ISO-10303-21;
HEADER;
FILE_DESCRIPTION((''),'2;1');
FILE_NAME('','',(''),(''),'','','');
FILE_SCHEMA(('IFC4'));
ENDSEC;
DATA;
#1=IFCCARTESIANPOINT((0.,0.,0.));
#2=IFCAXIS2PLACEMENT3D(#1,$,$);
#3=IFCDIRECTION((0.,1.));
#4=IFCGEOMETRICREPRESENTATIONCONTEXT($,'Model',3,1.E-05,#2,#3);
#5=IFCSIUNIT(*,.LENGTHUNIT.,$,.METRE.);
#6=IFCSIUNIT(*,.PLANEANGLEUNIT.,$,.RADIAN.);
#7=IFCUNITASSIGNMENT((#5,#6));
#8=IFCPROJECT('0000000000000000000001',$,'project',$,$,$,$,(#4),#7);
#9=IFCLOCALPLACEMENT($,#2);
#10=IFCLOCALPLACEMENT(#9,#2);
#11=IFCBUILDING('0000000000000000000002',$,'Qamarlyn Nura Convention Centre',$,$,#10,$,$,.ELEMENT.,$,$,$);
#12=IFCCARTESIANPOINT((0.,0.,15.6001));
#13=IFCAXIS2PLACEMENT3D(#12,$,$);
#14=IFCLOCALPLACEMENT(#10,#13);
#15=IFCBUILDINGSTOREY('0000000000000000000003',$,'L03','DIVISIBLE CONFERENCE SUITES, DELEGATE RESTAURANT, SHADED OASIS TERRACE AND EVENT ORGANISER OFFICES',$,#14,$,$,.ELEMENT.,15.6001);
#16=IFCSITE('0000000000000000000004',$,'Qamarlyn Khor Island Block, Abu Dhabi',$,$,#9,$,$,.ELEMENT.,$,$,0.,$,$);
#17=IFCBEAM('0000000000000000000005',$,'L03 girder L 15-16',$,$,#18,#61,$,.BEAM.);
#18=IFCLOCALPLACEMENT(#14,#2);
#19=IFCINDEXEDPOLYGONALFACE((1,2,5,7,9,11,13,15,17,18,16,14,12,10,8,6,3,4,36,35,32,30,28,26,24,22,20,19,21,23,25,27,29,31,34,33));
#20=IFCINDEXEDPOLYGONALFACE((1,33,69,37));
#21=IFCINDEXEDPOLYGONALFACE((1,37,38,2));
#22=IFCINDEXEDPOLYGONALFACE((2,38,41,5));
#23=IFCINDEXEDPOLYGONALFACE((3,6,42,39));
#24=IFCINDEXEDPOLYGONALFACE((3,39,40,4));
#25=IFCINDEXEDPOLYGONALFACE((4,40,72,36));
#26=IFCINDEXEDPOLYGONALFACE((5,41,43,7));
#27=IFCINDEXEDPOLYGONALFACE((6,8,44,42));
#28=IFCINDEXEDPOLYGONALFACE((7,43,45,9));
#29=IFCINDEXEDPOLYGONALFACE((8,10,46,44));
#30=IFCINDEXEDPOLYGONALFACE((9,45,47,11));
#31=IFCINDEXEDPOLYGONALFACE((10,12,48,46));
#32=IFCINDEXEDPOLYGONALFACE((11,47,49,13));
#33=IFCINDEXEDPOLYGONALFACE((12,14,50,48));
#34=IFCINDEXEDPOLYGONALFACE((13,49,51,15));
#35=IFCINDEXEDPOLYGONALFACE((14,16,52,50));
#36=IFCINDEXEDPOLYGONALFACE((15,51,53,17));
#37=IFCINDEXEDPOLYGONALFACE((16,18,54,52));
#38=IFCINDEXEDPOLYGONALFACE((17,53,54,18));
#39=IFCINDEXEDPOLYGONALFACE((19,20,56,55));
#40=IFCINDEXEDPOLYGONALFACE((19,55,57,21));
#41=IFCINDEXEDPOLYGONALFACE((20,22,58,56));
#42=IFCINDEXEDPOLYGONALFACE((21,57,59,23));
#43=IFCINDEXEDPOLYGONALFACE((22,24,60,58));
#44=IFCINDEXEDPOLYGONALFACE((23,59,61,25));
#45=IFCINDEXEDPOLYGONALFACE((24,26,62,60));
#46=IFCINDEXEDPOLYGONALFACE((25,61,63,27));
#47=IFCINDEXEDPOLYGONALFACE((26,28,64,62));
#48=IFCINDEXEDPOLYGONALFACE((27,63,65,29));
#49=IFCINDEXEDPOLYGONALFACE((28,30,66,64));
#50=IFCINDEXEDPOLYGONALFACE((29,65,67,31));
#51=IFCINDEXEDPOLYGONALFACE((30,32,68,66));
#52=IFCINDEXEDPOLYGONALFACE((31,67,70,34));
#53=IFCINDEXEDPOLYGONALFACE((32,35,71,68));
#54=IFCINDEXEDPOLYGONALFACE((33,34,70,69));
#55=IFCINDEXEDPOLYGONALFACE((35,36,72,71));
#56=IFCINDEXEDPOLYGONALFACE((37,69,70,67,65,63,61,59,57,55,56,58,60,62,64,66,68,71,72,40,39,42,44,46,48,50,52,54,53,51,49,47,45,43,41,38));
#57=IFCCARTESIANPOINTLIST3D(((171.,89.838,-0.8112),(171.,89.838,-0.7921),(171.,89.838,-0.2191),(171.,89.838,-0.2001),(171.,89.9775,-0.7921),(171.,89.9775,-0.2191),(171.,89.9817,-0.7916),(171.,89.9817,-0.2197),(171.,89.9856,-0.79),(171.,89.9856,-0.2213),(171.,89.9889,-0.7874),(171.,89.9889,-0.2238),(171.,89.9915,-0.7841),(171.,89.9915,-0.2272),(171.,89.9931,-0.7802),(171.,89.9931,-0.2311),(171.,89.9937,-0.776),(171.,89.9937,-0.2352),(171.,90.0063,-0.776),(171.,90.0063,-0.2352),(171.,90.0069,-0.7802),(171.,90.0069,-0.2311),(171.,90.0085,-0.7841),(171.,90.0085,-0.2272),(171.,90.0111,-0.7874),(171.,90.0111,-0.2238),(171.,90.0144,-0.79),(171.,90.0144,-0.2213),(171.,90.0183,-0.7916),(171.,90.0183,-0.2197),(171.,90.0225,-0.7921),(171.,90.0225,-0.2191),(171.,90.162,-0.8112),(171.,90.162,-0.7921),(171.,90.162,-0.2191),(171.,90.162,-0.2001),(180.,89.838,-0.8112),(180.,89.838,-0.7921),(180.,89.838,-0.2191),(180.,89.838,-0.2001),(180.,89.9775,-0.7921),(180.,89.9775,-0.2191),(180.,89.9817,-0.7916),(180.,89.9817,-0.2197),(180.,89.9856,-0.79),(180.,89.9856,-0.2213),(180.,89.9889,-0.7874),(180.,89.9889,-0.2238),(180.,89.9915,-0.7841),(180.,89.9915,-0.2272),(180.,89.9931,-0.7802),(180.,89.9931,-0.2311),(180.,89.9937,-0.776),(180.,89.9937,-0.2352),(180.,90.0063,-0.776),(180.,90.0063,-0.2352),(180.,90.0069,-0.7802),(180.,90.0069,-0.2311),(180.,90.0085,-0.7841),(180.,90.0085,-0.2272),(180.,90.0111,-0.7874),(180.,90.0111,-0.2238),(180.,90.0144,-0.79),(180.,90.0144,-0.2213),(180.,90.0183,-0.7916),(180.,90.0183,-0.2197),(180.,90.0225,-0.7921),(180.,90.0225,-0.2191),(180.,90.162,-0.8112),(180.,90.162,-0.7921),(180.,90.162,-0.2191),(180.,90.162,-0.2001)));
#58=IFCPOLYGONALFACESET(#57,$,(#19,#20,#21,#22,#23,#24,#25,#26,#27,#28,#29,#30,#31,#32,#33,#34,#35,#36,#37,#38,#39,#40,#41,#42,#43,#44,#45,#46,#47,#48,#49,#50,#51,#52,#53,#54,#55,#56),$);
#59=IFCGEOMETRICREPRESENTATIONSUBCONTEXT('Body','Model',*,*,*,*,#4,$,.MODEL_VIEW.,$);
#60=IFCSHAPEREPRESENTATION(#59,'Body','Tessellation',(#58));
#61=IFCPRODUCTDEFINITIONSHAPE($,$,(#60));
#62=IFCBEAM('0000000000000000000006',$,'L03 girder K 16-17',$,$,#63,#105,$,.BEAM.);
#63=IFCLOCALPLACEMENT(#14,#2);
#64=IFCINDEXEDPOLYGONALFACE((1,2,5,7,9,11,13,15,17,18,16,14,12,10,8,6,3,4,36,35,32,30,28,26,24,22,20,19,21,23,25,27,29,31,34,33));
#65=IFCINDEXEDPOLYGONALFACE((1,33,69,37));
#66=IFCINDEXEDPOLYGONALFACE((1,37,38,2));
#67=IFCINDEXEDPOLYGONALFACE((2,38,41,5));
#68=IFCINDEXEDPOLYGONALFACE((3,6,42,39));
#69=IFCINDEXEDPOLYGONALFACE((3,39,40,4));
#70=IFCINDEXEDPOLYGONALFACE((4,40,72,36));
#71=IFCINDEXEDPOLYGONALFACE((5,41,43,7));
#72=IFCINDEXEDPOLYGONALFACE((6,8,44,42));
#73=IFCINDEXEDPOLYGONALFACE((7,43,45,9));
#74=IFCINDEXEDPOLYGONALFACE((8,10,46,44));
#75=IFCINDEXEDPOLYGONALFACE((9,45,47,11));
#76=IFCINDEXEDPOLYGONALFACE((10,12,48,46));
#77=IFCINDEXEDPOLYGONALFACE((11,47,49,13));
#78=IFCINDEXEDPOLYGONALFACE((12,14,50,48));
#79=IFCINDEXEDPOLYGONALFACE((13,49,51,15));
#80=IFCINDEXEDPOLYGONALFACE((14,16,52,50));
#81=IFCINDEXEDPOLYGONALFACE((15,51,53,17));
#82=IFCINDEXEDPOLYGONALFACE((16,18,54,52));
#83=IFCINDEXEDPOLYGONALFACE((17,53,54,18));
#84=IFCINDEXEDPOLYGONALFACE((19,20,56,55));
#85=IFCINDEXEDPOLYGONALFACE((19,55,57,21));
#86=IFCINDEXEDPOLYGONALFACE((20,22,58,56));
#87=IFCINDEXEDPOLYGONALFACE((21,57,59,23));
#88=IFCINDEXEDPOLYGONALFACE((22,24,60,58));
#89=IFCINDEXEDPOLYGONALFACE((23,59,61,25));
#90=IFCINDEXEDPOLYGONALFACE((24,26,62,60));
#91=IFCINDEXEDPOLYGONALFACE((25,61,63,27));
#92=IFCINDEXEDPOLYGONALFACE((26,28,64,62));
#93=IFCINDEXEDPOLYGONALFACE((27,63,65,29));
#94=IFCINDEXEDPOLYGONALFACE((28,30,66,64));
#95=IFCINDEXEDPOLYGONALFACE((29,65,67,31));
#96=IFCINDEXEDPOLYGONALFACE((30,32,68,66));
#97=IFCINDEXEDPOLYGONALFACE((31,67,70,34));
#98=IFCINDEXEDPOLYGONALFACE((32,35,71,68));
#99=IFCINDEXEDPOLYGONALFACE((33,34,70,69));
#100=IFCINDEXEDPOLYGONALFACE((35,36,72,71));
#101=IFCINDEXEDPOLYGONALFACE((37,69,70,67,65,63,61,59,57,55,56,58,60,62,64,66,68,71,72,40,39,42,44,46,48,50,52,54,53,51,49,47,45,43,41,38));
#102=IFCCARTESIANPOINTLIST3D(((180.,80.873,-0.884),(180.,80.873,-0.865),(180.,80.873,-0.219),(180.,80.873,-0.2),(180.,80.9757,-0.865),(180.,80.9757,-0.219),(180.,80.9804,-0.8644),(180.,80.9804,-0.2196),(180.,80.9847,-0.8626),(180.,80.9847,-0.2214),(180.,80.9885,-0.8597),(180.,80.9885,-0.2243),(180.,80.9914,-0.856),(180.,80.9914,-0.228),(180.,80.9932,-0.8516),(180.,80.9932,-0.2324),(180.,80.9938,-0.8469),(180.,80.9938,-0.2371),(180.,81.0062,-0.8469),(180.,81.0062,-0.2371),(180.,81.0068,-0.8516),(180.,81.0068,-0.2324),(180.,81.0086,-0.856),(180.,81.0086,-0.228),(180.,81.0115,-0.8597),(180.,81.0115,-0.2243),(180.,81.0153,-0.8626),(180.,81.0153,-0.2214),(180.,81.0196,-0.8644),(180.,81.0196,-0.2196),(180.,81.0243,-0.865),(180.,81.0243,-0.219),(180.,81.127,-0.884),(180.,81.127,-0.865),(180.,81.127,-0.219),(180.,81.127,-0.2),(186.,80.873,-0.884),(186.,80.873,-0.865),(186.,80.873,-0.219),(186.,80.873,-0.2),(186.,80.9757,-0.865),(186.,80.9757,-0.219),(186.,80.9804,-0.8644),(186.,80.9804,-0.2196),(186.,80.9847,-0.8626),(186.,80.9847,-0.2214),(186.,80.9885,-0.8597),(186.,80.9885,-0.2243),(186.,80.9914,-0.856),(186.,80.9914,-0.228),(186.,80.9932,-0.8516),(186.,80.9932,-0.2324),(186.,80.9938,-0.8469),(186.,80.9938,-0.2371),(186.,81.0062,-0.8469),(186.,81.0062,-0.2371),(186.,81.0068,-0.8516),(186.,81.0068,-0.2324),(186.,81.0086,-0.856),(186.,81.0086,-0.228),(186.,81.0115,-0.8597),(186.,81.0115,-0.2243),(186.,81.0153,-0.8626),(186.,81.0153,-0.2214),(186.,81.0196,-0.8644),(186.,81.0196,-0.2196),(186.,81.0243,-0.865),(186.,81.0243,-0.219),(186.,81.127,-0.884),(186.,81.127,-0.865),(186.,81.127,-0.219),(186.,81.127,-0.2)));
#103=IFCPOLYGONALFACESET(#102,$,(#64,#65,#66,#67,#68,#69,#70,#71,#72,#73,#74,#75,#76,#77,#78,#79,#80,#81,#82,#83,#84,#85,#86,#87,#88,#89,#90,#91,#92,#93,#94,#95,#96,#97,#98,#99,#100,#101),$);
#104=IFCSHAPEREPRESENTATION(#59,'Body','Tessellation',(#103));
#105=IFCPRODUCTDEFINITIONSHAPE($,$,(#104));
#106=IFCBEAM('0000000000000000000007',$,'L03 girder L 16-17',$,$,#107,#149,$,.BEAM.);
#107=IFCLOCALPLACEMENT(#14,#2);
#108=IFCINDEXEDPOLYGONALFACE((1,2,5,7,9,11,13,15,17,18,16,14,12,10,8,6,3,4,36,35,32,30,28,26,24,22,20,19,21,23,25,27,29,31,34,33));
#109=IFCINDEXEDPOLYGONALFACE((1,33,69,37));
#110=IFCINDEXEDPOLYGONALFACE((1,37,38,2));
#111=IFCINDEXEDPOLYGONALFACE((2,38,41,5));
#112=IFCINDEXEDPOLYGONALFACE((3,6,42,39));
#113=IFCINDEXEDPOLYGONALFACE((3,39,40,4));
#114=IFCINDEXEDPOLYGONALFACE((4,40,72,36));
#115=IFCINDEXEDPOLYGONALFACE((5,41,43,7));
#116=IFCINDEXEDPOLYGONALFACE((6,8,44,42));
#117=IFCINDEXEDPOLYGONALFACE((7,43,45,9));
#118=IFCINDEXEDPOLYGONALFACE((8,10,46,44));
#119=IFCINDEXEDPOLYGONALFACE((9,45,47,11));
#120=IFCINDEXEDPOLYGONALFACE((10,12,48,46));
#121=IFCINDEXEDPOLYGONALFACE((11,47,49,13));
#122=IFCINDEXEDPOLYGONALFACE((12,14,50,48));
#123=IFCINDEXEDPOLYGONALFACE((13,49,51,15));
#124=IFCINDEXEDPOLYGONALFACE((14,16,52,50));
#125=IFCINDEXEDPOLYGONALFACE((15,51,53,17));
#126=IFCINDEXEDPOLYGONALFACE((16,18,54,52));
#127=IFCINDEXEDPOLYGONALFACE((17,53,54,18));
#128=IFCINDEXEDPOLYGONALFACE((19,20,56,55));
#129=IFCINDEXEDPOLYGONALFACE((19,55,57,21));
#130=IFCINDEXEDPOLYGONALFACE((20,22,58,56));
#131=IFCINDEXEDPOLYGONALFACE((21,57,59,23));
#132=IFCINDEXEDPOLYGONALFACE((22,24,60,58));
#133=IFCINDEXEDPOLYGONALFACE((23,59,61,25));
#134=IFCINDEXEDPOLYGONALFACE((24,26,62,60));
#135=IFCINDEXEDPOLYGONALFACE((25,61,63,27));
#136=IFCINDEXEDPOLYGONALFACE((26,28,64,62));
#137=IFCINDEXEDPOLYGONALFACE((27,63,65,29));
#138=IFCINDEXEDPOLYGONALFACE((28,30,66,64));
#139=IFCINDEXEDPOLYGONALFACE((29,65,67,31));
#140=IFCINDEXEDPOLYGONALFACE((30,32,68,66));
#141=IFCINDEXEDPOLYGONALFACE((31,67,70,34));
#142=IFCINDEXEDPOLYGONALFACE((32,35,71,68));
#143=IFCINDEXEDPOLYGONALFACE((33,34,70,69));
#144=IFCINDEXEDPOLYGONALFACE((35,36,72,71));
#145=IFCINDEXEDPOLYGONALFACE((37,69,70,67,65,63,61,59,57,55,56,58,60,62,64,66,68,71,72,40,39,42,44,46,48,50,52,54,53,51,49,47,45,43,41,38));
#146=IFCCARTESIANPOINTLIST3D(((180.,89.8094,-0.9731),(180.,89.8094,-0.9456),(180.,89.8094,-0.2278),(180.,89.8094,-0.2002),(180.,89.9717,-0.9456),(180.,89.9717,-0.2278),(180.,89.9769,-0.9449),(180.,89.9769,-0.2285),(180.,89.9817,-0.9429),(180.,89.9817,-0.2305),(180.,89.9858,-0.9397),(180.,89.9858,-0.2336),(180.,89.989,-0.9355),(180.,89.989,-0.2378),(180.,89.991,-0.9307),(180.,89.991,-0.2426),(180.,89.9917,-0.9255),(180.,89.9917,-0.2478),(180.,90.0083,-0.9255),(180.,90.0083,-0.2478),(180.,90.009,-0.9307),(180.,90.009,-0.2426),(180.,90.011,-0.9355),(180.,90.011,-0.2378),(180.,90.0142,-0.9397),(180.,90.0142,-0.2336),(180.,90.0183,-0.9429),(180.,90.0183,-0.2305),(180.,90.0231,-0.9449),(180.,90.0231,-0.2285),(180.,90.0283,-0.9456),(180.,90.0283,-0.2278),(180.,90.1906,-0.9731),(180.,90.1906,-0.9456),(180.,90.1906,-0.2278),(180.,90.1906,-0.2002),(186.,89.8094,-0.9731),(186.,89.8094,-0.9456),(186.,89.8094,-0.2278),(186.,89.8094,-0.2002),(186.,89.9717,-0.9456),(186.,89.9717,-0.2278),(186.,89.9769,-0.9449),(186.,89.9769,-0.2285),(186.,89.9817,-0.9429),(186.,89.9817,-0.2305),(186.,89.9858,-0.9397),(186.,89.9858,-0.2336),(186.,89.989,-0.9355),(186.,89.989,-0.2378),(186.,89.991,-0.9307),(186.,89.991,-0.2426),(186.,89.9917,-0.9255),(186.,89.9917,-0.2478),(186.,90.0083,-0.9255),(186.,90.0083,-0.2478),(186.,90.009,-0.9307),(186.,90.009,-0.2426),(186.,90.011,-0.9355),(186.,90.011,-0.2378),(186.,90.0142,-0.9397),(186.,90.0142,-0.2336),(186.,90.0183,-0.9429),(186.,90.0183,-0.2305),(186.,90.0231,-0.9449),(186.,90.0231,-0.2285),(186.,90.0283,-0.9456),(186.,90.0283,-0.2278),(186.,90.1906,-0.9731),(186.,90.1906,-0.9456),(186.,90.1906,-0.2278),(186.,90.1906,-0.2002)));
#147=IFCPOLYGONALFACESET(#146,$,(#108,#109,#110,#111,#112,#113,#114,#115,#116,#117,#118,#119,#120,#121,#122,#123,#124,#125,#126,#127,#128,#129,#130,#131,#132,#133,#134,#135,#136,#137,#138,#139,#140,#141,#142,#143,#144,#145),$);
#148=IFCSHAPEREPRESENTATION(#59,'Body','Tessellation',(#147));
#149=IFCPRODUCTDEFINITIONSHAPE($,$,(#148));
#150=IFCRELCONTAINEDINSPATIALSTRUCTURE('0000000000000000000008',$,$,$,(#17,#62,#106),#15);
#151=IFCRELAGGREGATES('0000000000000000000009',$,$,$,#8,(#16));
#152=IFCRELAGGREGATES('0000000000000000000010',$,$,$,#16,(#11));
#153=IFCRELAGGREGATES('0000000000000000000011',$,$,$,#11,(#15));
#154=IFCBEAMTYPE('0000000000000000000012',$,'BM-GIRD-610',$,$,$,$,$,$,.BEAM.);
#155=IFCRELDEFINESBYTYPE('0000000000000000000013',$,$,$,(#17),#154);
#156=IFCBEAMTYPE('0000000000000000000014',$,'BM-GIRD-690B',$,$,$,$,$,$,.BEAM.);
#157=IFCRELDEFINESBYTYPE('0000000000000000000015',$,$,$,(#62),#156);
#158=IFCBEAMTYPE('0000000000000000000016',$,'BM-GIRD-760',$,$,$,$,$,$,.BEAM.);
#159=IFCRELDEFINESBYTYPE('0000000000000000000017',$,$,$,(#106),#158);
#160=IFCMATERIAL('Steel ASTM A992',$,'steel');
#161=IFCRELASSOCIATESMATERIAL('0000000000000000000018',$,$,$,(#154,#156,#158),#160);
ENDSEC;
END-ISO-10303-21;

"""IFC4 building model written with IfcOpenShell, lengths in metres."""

from ifc_helpers import new_model, si_unit, direction, frame, origin, origin_2d, place, context, subcontext, project, spatial, i_section, extrude, material, material_profile, profile_set, type_object, element, save


model = new_model("IFC4")

# Units and contexts
model_context = context("Model", 3, precision=1e-05, world=origin(), true_north=direction((0.0, 1.0)))
body_context = subcontext(model_context, "Body", "Model", "MODEL_VIEW")
ifc_project = project(units=[si_unit("LENGTHUNIT", "METRE"), si_unit("PLANEANGLEUNIT", "RADIAN")], contexts=[model_context])

# Site, building, storey
site_placement = place(None, origin())
site = spatial("IfcSite", under=ifc_project, at=site_placement, Name="Qamarlyn Khor Island Block, Abu Dhabi", CompositionType="ELEMENT", RefElevation=0.0)
building_placement = place(site_placement, origin())
building = spatial("IfcBuilding", under=site, at=building_placement, Name="Qamarlyn Nura Convention Centre", CompositionType="ELEMENT")
storey_placement = place(building_placement, frame((0.0, 0.0, 15.6001)))
storey = spatial("IfcBuildingStorey", under=building, at=storey_placement, Name="L03", Description="DIVISIBLE CONFERENCE SUITES, DELEGATE RESTAURANT, SHADED OASIS TERRACE AND EVENT ORGANISER OFFICES", CompositionType="ELEMENT", Elevation=15.6001)

# Shared definitions
ifc_material_1 = material(Name="Steel ASTM A992", Category="steel")

# Beams
ifc_material_profile_1 = material_profile(ifc_material_1, i_section(OverallWidth=0.324, OverallDepth=0.6111, WebThickness=0.0127, FlangeThickness=0.019, FilletRadius=0.0161, at=origin_2d()), Name="W610X155")
ifc_profile_set_1 = profile_set([ifc_material_profile_1], Name="Steel ASTM A992")
beam_type_1 = type_object("IfcBeamType", Name="BM-GIRD-610", PredefinedType="BEAM", material=ifc_profile_set_1)
beam_1_placement = place(storey_placement, frame((171.0, 90.0, -0.5056), z_axis=(1.0, 0.0, 0.0), x_axis=(0.0, 1.0, 0.0)))
element("IfcBeam", 1, at=beam_1_placement, inside=storey, type_object=beam_type_1, Name="L03 girder L 15-16", PredefinedType="BEAM", context=body_context, shape_type="SweptSolid", body=[
    extrude(i_section(OverallWidth=0.324, OverallDepth=0.6111, WebThickness=0.0127, FlangeThickness=0.019, FilletRadius=0.0161, at=origin_2d()), origin(), (0.0, 0.0, 1.0), 9.0),
])
ifc_material_profile_2 = material_profile(ifc_material_1, i_section(OverallWidth=0.2539, OverallDepth=0.6841, WebThickness=0.0125, FlangeThickness=0.019, FilletRadius=0.0181, at=origin_2d()), Name="W690X140")
ifc_profile_set_2 = profile_set([ifc_material_profile_2], Name="Steel ASTM A992")
beam_type_2 = type_object("IfcBeamType", Name="BM-GIRD-690B", PredefinedType="BEAM", material=ifc_profile_set_2)
beam_2_placement = place(storey_placement, frame((180.0, 81.0, -0.542), z_axis=(1.0, 0.0, 0.0), x_axis=(0.0, 1.0, 0.0)))
element("IfcBeam", 2, at=beam_2_placement, inside=storey, type_object=beam_type_2, Name="L03 girder K 16-17", PredefinedType="BEAM", context=body_context, shape_type="SweptSolid", body=[
    extrude(i_section(OverallWidth=0.2539, OverallDepth=0.6841, WebThickness=0.0125, FlangeThickness=0.019, FilletRadius=0.0181, at=origin_2d()), origin(), (0.0, 0.0, 1.0), 6.0),
])
ifc_material_profile_3 = material_profile(ifc_material_1, i_section(OverallWidth=0.3811, OverallDepth=0.7729, WebThickness=0.0166, FlangeThickness=0.0276, FilletRadius=0.02, at=origin_2d()), Name="W760X257")
ifc_profile_set_3 = profile_set([ifc_material_profile_3], Name="Steel ASTM A992")
beam_type_3 = type_object("IfcBeamType", Name="BM-GIRD-760", PredefinedType="BEAM", material=ifc_profile_set_3)
beam_3_placement = place(storey_placement, frame((180.0, 90.0, -0.5867), z_axis=(1.0, 0.0, 0.0), x_axis=(0.0, 1.0, 0.0)))
element("IfcBeam", 3, at=beam_3_placement, inside=storey, type_object=beam_type_3, Name="L03 girder L 16-17", PredefinedType="BEAM", context=body_context, shape_type="SweptSolid", body=[
    extrude(i_section(OverallWidth=0.3811, OverallDepth=0.7729, WebThickness=0.0166, FlangeThickness=0.0276, FilletRadius=0.02, at=origin_2d()), origin(), (0.0, 0.0, 1.0), 6.0),
])

save(model, "model.ifc")
